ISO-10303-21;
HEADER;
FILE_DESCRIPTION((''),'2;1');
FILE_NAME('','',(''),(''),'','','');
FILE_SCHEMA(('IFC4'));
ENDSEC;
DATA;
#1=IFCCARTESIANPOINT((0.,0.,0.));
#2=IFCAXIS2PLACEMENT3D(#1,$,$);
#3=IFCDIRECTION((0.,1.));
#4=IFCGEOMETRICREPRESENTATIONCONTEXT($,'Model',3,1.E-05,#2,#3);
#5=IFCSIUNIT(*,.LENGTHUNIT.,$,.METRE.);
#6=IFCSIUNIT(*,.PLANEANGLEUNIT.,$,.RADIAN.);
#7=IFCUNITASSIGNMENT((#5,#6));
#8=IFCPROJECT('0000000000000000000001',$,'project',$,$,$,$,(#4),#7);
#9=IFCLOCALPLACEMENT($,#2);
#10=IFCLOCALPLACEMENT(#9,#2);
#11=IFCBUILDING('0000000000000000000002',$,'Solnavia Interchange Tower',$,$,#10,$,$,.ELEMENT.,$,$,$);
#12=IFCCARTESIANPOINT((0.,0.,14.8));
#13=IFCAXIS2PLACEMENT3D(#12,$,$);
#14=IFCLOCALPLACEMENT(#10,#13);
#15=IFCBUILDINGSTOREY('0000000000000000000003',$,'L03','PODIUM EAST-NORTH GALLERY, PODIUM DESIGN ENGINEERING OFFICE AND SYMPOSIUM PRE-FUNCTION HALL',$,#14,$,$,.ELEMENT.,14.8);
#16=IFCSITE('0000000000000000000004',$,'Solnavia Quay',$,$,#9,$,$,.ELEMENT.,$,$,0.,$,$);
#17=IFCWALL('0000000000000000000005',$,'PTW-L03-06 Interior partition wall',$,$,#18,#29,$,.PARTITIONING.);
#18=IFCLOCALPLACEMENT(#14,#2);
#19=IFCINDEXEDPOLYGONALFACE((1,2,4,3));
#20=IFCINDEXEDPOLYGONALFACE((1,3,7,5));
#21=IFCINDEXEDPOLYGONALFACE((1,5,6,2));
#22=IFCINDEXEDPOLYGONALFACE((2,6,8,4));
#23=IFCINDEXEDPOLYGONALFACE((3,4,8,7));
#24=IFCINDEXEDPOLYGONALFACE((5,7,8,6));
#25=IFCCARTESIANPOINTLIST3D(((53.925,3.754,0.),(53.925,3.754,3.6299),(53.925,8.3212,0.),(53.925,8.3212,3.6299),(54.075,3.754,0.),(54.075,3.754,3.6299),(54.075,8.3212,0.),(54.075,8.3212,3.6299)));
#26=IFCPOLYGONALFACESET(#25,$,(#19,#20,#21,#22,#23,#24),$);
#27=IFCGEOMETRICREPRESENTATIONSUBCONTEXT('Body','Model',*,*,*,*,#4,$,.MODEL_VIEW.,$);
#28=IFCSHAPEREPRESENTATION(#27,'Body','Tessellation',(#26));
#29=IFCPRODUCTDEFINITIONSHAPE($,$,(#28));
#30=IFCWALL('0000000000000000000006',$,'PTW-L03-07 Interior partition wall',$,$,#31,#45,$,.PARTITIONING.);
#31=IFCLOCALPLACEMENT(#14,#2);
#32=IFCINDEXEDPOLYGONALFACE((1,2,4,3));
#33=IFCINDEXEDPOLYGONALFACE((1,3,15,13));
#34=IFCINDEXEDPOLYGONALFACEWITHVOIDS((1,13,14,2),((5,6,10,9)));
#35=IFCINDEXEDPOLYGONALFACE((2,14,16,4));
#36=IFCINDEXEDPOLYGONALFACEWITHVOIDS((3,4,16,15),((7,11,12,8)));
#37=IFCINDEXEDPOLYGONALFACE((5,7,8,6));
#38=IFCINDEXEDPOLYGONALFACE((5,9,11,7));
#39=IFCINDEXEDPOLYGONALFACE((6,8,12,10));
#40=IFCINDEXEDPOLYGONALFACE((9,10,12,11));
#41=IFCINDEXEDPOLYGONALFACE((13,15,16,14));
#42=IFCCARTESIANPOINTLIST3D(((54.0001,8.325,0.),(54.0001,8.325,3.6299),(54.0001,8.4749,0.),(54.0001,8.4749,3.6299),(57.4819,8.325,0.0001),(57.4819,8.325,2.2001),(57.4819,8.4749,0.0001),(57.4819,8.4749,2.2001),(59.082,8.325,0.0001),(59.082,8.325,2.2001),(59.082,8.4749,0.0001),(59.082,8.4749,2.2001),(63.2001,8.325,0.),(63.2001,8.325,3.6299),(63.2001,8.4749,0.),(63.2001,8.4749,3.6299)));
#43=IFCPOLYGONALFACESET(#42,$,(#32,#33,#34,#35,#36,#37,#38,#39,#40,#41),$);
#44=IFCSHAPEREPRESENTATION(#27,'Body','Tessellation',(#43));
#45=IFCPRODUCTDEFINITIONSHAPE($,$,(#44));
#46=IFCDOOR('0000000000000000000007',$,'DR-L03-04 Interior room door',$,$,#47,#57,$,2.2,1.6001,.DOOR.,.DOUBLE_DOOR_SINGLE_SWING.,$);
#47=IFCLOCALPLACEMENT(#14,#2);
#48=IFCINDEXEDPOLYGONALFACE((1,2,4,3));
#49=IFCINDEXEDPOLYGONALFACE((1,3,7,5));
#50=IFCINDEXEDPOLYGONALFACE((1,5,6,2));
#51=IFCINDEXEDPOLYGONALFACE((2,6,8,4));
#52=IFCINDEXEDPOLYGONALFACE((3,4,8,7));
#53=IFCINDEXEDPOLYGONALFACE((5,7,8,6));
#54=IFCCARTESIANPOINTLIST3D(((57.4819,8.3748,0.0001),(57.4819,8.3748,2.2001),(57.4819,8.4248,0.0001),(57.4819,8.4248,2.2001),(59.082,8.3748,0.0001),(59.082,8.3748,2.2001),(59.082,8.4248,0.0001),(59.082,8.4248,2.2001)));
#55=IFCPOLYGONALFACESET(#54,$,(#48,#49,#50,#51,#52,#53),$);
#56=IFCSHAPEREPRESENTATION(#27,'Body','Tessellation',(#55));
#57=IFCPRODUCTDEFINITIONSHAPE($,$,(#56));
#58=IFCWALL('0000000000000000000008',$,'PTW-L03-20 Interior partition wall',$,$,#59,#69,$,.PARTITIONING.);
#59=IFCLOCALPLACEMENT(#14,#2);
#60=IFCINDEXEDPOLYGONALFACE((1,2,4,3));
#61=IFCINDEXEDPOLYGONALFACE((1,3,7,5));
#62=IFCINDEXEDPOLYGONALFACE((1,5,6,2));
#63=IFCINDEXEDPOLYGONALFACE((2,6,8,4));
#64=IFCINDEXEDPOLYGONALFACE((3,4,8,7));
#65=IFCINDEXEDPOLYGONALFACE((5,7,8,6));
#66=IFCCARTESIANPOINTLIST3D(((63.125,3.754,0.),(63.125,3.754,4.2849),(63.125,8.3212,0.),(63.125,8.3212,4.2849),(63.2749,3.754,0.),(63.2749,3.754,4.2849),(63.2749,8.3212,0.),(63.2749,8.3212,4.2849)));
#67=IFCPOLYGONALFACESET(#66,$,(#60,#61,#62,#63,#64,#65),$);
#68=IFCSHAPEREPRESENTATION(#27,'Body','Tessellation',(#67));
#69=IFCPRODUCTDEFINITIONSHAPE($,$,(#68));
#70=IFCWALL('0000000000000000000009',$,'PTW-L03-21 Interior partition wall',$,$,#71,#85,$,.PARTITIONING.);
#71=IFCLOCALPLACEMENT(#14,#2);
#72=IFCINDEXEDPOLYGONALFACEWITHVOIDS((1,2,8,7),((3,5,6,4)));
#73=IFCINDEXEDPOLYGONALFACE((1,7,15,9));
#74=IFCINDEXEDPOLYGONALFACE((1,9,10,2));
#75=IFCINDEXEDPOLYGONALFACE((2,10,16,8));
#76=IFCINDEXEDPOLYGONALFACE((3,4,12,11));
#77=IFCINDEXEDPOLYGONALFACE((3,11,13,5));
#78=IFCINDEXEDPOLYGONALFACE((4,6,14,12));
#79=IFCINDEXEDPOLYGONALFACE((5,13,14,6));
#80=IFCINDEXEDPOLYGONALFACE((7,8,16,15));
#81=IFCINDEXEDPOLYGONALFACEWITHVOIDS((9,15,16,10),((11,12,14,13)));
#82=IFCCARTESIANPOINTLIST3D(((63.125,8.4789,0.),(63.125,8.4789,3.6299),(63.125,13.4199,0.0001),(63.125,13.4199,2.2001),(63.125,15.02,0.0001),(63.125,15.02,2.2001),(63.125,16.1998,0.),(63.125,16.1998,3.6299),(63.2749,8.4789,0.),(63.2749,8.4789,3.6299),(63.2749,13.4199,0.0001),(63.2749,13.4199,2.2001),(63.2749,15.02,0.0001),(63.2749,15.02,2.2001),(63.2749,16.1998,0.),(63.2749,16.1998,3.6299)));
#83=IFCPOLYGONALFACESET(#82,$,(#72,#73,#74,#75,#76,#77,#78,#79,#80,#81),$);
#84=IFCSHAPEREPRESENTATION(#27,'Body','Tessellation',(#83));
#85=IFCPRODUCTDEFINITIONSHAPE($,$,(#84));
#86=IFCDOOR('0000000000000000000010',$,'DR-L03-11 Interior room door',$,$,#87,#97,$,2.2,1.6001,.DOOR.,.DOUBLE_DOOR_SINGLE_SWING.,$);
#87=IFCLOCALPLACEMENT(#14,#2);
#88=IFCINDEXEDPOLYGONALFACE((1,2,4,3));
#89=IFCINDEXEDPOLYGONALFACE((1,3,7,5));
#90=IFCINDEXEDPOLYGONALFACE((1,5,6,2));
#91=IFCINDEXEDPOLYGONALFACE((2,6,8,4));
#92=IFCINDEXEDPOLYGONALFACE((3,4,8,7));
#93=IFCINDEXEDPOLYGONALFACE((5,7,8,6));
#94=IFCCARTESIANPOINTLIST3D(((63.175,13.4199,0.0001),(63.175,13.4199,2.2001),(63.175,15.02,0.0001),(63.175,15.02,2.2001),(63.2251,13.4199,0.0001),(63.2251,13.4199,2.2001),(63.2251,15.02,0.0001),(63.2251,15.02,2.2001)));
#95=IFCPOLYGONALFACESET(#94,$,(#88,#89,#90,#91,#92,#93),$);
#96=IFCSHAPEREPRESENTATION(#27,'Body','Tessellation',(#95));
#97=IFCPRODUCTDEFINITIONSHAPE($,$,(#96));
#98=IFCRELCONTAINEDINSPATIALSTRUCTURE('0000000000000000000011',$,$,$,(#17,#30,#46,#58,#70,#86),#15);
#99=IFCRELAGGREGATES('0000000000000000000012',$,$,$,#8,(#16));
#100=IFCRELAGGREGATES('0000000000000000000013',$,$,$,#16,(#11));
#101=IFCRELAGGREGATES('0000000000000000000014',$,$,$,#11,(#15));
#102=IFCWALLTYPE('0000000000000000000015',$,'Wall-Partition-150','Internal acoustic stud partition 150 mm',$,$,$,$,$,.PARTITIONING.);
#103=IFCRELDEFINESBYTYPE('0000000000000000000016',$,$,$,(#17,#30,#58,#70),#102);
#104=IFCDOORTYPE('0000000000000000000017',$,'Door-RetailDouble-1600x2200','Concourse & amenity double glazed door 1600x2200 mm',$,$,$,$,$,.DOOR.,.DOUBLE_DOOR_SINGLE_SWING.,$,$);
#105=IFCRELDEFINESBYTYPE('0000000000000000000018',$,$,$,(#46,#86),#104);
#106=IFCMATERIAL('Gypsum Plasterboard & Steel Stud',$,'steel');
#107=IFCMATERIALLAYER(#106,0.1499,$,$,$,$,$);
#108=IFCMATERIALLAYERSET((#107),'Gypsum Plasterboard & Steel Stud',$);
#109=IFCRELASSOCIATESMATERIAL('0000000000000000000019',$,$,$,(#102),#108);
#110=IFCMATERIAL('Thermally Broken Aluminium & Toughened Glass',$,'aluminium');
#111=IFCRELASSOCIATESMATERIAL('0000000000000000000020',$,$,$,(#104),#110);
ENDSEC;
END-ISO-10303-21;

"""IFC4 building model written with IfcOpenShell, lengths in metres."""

from ifc_helpers import new_model, si_unit, direction, frame, frame_2d, origin, place, context, subcontext, project, spatial, rectangle, extrude, material, layer, layer_set, type_object, element, fill, save


model = new_model("IFC4")

# Units and contexts
model_context = context("Model", 3, precision=1e-05, world=origin(), true_north=direction((0.0, 1.0)))
body_context = subcontext(model_context, "Body", "Model", "MODEL_VIEW")
ifc_project = project(units=[si_unit("LENGTHUNIT", "METRE"), si_unit("PLANEANGLEUNIT", "RADIAN")], contexts=[model_context])

# Site, building, storey
site_placement = place(None, origin())
site = spatial("IfcSite", under=ifc_project, at=site_placement, Name="Solnavia Quay", CompositionType="ELEMENT", RefElevation=0.0)
building_placement = place(site_placement, origin())
building = spatial("IfcBuilding", under=site, at=building_placement, Name="Solnavia Interchange Tower", CompositionType="ELEMENT")
storey_placement = place(building_placement, frame((0.0, 0.0, 14.8)))
storey = spatial("IfcBuildingStorey", under=building, at=storey_placement, Name="L03", Description="PODIUM EAST-NORTH GALLERY, PODIUM DESIGN ENGINEERING OFFICE AND SYMPOSIUM PRE-FUNCTION HALL", CompositionType="ELEMENT", Elevation=14.8)

# Wall
ifc_material_1 = material(Name="Gypsum Plasterboard & Steel Stud", Category="steel")
ifc_layer_1 = layer(ifc_material_1, 0.1499)
ifc_layer_set_1 = layer_set([ifc_layer_1], Name="Gypsum Plasterboard & Steel Stud")
wall_type_1 = type_object("IfcWallType", Name="Wall-Partition-150", Description="Internal acoustic stud partition 150 mm", PredefinedType="PARTITIONING", material=ifc_layer_set_1)
wall_1_placement = place(storey_placement, frame((54.0, 3.7539, 0.0), z_axis=(0.0, 0.0, 1.0), x_axis=(0.0, 1.0, 0.0)))
element("IfcWall", 1, at=wall_1_placement, inside=storey, type_object=wall_type_1, Name="PTW-L03-06 Interior partition wall", PredefinedType="PARTITIONING", context=body_context, shape_type="SweptSolid", body=[
    extrude(rectangle(XDim=4.5671, YDim=0.1499, at=frame_2d((2.2837, 0.0))), origin(), (0.0, 0.0, 1.0), 3.6299),
])

# Wall, opening, door
wall_2_placement = place(storey_placement, frame((54.0, 8.3999, 0.0), z_axis=(0.0, 0.0, 1.0), x_axis=(1.0, 0.0, 0.0)))
wall_2 = element("IfcWall", 2, at=wall_2_placement, inside=storey, type_object=wall_type_1, Name="PTW-L03-07 Interior partition wall", PredefinedType="PARTITIONING", context=body_context, shape_type="SweptSolid", body=[
    extrude(rectangle(XDim=9.2, YDim=0.1499, at=frame_2d((4.6001, 0.0))), origin(), (0.0, 0.0, 1.0), 3.6299),
])
opening_1_placement = place(wall_2_placement, frame((3.4819, 0.0, 0.0)))
opening_1 = element("IfcOpeningElement", 3, at=opening_1_placement, cuts=wall_2, PredefinedType="OPENING", context=body_context, shape_type="SweptSolid", body=[
    extrude(rectangle(XDim=1.6001, YDim=2.2, at=frame_2d((0.8, 1.1001))), frame((0.0, 0.085, 0.0), z_axis=(0.0, -1.0, 0.0), x_axis=(1.0, 0.0, 0.0)), (0.0, 0.0, 1.0), 0.1699),
])
ifc_material_2 = material(Name="Thermally Broken Aluminium & Toughened Glass", Category="aluminium")
door_type = type_object("IfcDoorType", Name="Door-RetailDouble-1600x2200", Description="Concourse & amenity double glazed door 1600x2200 mm", OperationType="DOUBLE_DOOR_SINGLE_SWING", PredefinedType="DOOR", material=ifc_material_2)
door_1_placement = place(opening_1_placement, origin())
door_1 = element("IfcDoor", 4, at=door_1_placement, inside=storey, type_object=door_type, Name="DR-L03-04 Interior room door", OperationType="DOUBLE_DOOR_SINGLE_SWING", OverallHeight=2.2, OverallWidth=1.6001, PredefinedType="DOOR", context=body_context, shape_type="SweptSolid", body=[
    extrude(rectangle(XDim=1.6001, YDim=2.2, at=frame_2d((0.8, 1.1001))), frame((0.0, 0.0249, 0.0), z_axis=(0.0, -1.0, 0.0), x_axis=(1.0, 0.0, 0.0)), (0.0, 0.0, 1.0), 0.05),
])
fill(opening_1, door_1)

# Wall
wall_3_placement = place(storey_placement, frame((63.2, 3.7539, 0.0), z_axis=(0.0, 0.0, 1.0), x_axis=(0.0, 1.0, 0.0)))
element("IfcWall", 5, at=wall_3_placement, inside=storey, type_object=wall_type_1, Name="PTW-L03-20 Interior partition wall", PredefinedType="PARTITIONING", context=body_context, shape_type="SweptSolid", body=[
    extrude(rectangle(XDim=4.5671, YDim=0.1499, at=frame_2d((2.2837, 0.0))), origin(), (0.0, 0.0, 1.0), 4.2849),
])

# Wall, opening, door
wall_4_placement = place(storey_placement, frame((63.2, 8.479, 0.0), z_axis=(0.0, 0.0, 1.0), x_axis=(0.0, 1.0, 0.0)))
wall_4 = element("IfcWall", 6, at=wall_4_placement, inside=storey, type_object=wall_type_1, Name="PTW-L03-21 Interior partition wall", PredefinedType="PARTITIONING", context=body_context, shape_type="SweptSolid", body=[
    extrude(rectangle(XDim=7.7209, YDim=0.1499, at=frame_2d((3.8604, 0.0))), origin(), (0.0, 0.0, 1.0), 3.6299),
])
opening_2_placement = place(wall_4_placement, frame((4.9409, 0.0, 0.0)))
opening_2 = element("IfcOpeningElement", 7, at=opening_2_placement, cuts=wall_4, PredefinedType="OPENING", context=body_context, shape_type="SweptSolid", body=[
    extrude(rectangle(XDim=1.6001, YDim=2.2, at=frame_2d((0.8, 1.1001))), frame((0.0, 0.085, 0.0), z_axis=(0.0, -1.0, 0.0), x_axis=(1.0, 0.0, 0.0)), (0.0, 0.0, 1.0), 0.1699),
])
door_2_placement = place(opening_2_placement, origin())
door_2 = element("IfcDoor", 8, at=door_2_placement, inside=storey, type_object=door_type, Name="DR-L03-11 Interior room door", OperationType="DOUBLE_DOOR_SINGLE_SWING", OverallHeight=2.2, OverallWidth=1.6001, PredefinedType="DOOR", context=body_context, shape_type="SweptSolid", body=[
    extrude(rectangle(XDim=1.6001, YDim=2.2, at=frame_2d((0.8, 1.1001))), frame((0.0, 0.0249, 0.0), z_axis=(0.0, -1.0, 0.0), x_axis=(1.0, 0.0, 0.0)), (0.0, 0.0, 1.0), 0.05),
])
fill(opening_2, door_2)

save(model, "model.ifc")
